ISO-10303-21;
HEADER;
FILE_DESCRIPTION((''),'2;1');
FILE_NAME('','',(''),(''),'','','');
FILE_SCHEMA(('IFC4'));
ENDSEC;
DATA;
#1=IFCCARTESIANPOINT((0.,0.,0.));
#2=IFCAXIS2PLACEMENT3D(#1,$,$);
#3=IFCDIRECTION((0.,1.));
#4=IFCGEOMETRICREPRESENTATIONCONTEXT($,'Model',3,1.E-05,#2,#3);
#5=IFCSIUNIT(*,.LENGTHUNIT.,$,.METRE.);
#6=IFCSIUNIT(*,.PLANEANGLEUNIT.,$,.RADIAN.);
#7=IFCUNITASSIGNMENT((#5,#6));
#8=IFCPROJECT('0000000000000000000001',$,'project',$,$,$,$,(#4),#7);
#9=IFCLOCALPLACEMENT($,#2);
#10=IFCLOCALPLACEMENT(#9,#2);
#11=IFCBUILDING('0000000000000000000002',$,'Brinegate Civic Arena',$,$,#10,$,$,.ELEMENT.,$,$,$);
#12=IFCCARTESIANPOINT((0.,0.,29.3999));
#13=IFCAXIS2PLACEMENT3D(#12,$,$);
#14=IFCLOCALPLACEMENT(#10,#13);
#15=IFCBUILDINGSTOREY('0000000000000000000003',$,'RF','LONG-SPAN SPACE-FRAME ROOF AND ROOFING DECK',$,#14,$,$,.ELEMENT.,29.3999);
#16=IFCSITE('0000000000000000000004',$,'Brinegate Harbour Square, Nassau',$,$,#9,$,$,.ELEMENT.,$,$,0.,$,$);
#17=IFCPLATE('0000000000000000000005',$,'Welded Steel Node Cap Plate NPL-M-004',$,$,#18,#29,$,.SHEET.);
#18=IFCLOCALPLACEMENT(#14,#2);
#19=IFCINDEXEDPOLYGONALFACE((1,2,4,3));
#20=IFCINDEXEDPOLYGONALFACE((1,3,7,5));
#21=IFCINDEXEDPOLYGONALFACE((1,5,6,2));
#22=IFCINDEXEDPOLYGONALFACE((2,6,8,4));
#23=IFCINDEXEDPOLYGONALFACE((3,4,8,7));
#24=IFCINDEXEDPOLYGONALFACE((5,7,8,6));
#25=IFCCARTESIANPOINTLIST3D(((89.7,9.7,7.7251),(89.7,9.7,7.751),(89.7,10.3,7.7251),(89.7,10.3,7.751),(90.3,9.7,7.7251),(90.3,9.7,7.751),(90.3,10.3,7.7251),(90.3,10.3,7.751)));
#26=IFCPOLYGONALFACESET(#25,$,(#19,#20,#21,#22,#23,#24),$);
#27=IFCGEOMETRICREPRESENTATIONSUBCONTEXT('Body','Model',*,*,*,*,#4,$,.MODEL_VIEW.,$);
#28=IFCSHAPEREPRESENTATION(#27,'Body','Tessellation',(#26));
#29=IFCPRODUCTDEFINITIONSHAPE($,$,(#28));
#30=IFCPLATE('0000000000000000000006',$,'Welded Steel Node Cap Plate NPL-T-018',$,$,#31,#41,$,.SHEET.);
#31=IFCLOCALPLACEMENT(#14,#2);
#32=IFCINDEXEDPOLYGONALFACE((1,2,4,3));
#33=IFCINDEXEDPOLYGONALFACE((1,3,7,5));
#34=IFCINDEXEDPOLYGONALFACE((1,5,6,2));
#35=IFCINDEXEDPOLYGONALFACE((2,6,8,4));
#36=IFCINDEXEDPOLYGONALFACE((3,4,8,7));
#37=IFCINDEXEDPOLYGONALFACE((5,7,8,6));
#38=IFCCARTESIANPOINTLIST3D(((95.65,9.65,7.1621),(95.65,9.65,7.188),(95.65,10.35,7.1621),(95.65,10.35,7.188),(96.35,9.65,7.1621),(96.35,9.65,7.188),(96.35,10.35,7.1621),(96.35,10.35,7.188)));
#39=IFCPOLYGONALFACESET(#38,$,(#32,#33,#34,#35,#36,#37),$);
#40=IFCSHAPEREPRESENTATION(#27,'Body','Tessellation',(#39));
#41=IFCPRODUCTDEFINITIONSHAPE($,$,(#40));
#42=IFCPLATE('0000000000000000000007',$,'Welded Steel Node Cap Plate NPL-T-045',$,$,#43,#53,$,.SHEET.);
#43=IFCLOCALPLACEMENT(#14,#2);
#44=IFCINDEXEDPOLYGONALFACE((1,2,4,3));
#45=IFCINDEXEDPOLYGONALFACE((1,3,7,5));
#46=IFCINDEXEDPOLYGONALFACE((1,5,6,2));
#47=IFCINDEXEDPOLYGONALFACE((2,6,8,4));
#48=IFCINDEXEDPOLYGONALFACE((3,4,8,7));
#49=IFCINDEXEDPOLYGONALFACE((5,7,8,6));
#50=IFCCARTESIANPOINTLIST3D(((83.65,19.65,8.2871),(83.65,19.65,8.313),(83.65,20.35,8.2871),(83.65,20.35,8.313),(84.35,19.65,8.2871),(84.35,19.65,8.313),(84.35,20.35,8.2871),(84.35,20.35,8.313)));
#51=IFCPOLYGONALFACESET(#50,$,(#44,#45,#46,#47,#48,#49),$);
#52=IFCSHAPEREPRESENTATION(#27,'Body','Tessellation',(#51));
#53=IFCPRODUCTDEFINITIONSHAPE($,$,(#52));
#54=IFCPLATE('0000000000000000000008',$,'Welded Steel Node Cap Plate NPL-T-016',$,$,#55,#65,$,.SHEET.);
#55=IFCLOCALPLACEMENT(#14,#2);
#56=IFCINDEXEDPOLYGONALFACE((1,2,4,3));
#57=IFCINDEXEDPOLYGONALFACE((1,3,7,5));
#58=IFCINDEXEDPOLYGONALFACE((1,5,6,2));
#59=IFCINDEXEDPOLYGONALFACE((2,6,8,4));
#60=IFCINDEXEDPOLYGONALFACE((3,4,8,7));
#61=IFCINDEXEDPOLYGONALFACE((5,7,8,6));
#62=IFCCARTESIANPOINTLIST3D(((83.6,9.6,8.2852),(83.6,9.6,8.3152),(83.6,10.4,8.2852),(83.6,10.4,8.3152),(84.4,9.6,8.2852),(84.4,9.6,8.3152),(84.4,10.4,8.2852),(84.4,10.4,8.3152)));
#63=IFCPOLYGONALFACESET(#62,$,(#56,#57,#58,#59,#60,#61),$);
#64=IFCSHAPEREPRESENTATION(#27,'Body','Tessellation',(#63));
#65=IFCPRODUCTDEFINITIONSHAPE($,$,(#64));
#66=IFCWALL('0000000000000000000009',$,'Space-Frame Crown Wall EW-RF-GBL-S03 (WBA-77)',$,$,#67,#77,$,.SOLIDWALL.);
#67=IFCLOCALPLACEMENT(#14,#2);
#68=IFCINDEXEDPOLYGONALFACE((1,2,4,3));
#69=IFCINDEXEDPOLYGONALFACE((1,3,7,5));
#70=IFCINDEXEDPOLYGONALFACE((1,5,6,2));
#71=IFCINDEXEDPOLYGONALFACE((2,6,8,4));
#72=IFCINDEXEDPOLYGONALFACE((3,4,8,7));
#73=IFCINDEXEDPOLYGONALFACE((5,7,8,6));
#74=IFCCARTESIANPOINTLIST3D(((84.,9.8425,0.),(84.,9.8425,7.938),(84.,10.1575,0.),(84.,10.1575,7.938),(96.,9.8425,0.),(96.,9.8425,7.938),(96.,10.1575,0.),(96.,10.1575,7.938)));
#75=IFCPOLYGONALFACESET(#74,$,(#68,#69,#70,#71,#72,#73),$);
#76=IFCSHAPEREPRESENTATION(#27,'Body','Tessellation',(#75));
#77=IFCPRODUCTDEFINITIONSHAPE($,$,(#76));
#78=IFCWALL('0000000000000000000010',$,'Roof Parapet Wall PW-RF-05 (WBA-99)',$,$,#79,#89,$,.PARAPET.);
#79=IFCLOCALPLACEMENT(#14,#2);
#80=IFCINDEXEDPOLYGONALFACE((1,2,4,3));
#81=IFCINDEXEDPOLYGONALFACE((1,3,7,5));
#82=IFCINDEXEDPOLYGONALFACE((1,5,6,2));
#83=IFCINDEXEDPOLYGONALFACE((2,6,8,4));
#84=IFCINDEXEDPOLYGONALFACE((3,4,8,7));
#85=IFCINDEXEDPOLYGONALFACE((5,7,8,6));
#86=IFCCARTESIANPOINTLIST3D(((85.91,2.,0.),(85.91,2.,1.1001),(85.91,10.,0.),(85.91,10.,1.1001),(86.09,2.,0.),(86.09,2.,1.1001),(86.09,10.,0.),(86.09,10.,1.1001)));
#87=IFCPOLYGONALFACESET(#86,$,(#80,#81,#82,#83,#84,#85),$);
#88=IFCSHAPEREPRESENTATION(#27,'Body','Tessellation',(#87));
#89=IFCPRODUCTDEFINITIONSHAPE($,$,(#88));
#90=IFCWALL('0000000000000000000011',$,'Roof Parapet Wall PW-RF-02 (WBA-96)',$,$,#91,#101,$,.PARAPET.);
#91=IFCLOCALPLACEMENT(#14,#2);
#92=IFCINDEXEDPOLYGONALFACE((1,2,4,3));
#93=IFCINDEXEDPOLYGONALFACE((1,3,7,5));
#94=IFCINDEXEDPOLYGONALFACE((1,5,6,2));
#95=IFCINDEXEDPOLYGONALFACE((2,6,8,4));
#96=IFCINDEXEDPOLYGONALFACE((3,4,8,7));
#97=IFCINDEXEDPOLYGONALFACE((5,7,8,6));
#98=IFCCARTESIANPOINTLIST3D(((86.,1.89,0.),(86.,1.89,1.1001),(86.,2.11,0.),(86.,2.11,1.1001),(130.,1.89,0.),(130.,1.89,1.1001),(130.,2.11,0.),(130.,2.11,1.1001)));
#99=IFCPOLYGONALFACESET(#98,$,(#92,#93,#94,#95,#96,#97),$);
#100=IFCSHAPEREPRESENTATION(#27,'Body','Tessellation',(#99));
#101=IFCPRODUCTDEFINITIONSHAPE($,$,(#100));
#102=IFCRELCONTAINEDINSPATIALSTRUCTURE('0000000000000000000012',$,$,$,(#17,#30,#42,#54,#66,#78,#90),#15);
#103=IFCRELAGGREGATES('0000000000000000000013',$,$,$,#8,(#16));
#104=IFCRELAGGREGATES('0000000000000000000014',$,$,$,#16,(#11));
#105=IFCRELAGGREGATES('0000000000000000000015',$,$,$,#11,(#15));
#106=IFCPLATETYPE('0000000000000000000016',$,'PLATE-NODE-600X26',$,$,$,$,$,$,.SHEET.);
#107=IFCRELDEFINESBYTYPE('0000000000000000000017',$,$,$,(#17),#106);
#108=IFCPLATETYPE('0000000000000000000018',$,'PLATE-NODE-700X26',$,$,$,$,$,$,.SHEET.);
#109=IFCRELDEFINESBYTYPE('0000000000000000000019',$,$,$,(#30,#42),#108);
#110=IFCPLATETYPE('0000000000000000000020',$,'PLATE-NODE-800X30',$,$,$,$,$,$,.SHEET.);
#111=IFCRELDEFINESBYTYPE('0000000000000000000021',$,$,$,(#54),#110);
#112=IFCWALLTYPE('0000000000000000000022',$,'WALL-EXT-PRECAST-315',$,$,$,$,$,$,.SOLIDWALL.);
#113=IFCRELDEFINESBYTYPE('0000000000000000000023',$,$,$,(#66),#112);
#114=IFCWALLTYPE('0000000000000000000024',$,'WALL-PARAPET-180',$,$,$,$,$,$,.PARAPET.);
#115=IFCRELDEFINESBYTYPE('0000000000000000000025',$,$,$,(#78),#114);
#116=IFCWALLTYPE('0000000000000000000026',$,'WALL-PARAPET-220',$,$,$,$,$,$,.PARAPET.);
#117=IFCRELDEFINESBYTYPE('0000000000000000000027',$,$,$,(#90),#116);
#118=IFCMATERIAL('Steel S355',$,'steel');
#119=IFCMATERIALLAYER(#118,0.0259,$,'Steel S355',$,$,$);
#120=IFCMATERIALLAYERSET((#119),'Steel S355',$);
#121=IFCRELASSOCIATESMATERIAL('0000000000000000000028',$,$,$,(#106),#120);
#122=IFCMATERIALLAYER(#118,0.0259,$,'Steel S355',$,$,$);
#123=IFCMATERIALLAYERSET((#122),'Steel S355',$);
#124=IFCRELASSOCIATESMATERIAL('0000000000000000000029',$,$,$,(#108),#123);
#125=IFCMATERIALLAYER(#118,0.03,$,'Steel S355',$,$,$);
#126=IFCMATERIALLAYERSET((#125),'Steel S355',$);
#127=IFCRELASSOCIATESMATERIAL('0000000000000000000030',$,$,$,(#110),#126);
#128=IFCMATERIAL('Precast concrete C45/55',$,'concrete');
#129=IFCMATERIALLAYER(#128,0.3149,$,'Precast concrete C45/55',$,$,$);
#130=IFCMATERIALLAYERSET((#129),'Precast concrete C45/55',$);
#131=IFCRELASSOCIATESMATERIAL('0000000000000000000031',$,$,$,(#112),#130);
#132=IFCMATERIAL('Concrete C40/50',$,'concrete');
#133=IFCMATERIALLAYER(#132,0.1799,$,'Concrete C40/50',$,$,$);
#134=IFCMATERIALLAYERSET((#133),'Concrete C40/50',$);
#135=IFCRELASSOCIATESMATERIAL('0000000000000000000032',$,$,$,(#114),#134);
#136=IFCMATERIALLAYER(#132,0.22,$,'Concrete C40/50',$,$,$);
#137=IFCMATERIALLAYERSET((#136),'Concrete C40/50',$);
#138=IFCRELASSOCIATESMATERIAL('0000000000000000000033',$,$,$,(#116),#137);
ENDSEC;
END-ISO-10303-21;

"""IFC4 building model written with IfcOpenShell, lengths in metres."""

from ifc_helpers import new_model, si_unit, direction, frame, frame_2d, origin, origin_2d, place, context, subcontext, project, spatial, rectangle, extrude, material, layer, layer_set, type_object, element, save


model = new_model("IFC4")

# Units and contexts
model_context = context("Model", 3, precision=1e-05, world=origin(), true_north=direction((0.0, 1.0)))
body_context = subcontext(model_context, "Body", "Model", "MODEL_VIEW")
ifc_project = project(units=[si_unit("LENGTHUNIT", "METRE"), si_unit("PLANEANGLEUNIT", "RADIAN")], contexts=[model_context])

# Site, building, storey
site_placement = place(None, origin())
site = spatial("IfcSite", under=ifc_project, at=site_placement, Name="Brinegate Harbour Square, Nassau", CompositionType="ELEMENT", RefElevation=0.0)
building_placement = place(site_placement, origin())
building = spatial("IfcBuilding", under=site, at=building_placement, Name="Brinegate Civic Arena", CompositionType="ELEMENT")
storey_placement = place(building_placement, frame((0.0, 0.0, 29.3999)))
storey = spatial("IfcBuildingStorey", under=building, at=storey_placement, Name="RF", Description="LONG-SPAN SPACE-FRAME ROOF AND ROOFING DECK", CompositionType="ELEMENT", Elevation=29.3999)

# Shared definitions
ifc_material_1 = material(Name="Steel S355", Category="steel")

# Plates
ifc_layer_1 = layer(ifc_material_1, 0.0259, Name="Steel S355")
ifc_layer_set_1 = layer_set([ifc_layer_1], Name="Steel S355")
plate_type_1 = type_object("IfcPlateType", Name="PLATE-NODE-600X26", PredefinedType="SHEET", material=ifc_layer_set_1)
plate_1_placement = place(storey_placement, frame((90.0, 10.0, 7.7251), z_axis=(0.0, 0.0, 1.0), x_axis=(1.0, 0.0, 0.0)))
element("IfcPlate", 1, at=plate_1_placement, inside=storey, type_object=plate_type_1, Name="Welded Steel Node Cap Plate NPL-M-004", PredefinedType="SHEET", context=body_context, shape_type="SweptSolid", body=[
    extrude(rectangle(XDim=0.6001, YDim=0.6001, at=origin_2d()), origin(), (0.0, 0.0, 1.0), 0.0259),
])
ifc_layer_2 = layer(ifc_material_1, 0.0259, Name="Steel S355")
ifc_layer_set_2 = layer_set([ifc_layer_2], Name="Steel S355")
plate_type_2 = type_object("IfcPlateType", Name="PLATE-NODE-700X26", PredefinedType="SHEET", material=ifc_layer_set_2)
for number, where, z_axis, x_axis, name in (
    (2, (96.0, 10.0, 7.1621), (0.0, 0.0, 1.0), (1.0, 0.0, 0.0), "Welded Steel Node Cap Plate NPL-T-018"),
    (3, (84.0, 20.0, 8.2871), (0.0, 0.0, 1.0), (1.0, 0.0, 0.0), "Welded Steel Node Cap Plate NPL-T-045"),
):
    element("IfcPlate", number, at=place(storey_placement, frame(where, z_axis=z_axis, x_axis=x_axis)), inside=storey, type_object=plate_type_2, Name=name, PredefinedType="SHEET", context=body_context, shape_type="SweptSolid", body=[
        extrude(rectangle(XDim=0.7, YDim=0.7, at=origin_2d()), origin(), (0.0, 0.0, 1.0), 0.0259),
    ])
ifc_layer_3 = layer(ifc_material_1, 0.03, Name="Steel S355")
ifc_layer_set_3 = layer_set([ifc_layer_3], Name="Steel S355")
plate_type_3 = type_object("IfcPlateType", Name="PLATE-NODE-800X30", PredefinedType="SHEET", material=ifc_layer_set_3)
plate_2_placement = place(storey_placement, frame((84.0, 10.0, 8.2852), z_axis=(0.0, 0.0, 1.0), x_axis=(1.0, 0.0, 0.0)))
element("IfcPlate", 4, at=plate_2_placement, inside=storey, type_object=plate_type_3, Name="Welded Steel Node Cap Plate NPL-T-016", PredefinedType="SHEET", context=body_context, shape_type="SweptSolid", body=[
    extrude(rectangle(XDim=0.8, YDim=0.8, at=origin_2d()), origin(), (0.0, 0.0, 1.0), 0.03),
])

# Walls
ifc_material_2 = material(Name="Precast concrete C45/55", Category="concrete")
ifc_layer_4 = layer(ifc_material_2, 0.3149, Name="Precast concrete C45/55")
ifc_layer_set_4 = layer_set([ifc_layer_4], Name="Precast concrete C45/55")
wall_type_1 = type_object("IfcWallType", Name="WALL-EXT-PRECAST-315", PredefinedType="SOLIDWALL", material=ifc_layer_set_4)
wall_1_placement = place(storey_placement, frame((84.0, 10.0, 0.0), z_axis=(0.0, 0.0, 1.0), x_axis=(1.0, 0.0, 0.0)))
element("IfcWall", 5, at=wall_1_placement, inside=storey, type_object=wall_type_1, Name="Space-Frame Crown Wall EW-RF-GBL-S03 (WBA-77)", PredefinedType="SOLIDWALL", context=body_context, shape_type="SweptSolid", body=[
    extrude(rectangle(XDim=12.0, YDim=0.3149, at=frame_2d((6.0, 0.0))), origin(), (0.0, 0.0, 1.0), 7.938),
])
ifc_material_3 = material(Name="Concrete C40/50", Category="concrete")
ifc_layer_5 = layer(ifc_material_3, 0.1799, Name="Concrete C40/50")
ifc_layer_set_5 = layer_set([ifc_layer_5], Name="Concrete C40/50")
wall_type_2 = type_object("IfcWallType", Name="WALL-PARAPET-180", PredefinedType="PARAPET", material=ifc_layer_set_5)
wall_2_placement = place(storey_placement, frame((86.0, 2.0, 0.0), z_axis=(0.0, 0.0, 1.0), x_axis=(0.0, 1.0, 0.0)))
element("IfcWall", 6, at=wall_2_placement, inside=storey, type_object=wall_type_2, Name="Roof Parapet Wall PW-RF-05 (WBA-99)", PredefinedType="PARAPET", context=body_context, shape_type="SweptSolid", body=[
    extrude(rectangle(XDim=8.0, YDim=0.1799, at=frame_2d((4.0, 0.0))), origin(), (0.0, 0.0, 1.0), 1.1001),
])
ifc_layer_6 = layer(ifc_material_3, 0.22, Name="Concrete C40/50")
ifc_layer_set_6 = layer_set([ifc_layer_6], Name="Concrete C40/50")
wall_type_3 = type_object("IfcWallType", Name="WALL-PARAPET-220", PredefinedType="PARAPET", material=ifc_layer_set_6)
wall_3_placement = place(storey_placement, frame((86.0, 2.0, 0.0), z_axis=(0.0, 0.0, 1.0), x_axis=(1.0, 0.0, 0.0)))
element("IfcWall", 7, at=wall_3_placement, inside=storey, type_object=wall_type_3, Name="Roof Parapet Wall PW-RF-02 (WBA-96)", PredefinedType="PARAPET", context=body_context, shape_type="SweptSolid", body=[
    extrude(rectangle(XDim=44.0, YDim=0.22, at=frame_2d((22.0, 0.0))), origin(), (0.0, 0.0, 1.0), 1.1001),
])

save(model, "model.ifc")
